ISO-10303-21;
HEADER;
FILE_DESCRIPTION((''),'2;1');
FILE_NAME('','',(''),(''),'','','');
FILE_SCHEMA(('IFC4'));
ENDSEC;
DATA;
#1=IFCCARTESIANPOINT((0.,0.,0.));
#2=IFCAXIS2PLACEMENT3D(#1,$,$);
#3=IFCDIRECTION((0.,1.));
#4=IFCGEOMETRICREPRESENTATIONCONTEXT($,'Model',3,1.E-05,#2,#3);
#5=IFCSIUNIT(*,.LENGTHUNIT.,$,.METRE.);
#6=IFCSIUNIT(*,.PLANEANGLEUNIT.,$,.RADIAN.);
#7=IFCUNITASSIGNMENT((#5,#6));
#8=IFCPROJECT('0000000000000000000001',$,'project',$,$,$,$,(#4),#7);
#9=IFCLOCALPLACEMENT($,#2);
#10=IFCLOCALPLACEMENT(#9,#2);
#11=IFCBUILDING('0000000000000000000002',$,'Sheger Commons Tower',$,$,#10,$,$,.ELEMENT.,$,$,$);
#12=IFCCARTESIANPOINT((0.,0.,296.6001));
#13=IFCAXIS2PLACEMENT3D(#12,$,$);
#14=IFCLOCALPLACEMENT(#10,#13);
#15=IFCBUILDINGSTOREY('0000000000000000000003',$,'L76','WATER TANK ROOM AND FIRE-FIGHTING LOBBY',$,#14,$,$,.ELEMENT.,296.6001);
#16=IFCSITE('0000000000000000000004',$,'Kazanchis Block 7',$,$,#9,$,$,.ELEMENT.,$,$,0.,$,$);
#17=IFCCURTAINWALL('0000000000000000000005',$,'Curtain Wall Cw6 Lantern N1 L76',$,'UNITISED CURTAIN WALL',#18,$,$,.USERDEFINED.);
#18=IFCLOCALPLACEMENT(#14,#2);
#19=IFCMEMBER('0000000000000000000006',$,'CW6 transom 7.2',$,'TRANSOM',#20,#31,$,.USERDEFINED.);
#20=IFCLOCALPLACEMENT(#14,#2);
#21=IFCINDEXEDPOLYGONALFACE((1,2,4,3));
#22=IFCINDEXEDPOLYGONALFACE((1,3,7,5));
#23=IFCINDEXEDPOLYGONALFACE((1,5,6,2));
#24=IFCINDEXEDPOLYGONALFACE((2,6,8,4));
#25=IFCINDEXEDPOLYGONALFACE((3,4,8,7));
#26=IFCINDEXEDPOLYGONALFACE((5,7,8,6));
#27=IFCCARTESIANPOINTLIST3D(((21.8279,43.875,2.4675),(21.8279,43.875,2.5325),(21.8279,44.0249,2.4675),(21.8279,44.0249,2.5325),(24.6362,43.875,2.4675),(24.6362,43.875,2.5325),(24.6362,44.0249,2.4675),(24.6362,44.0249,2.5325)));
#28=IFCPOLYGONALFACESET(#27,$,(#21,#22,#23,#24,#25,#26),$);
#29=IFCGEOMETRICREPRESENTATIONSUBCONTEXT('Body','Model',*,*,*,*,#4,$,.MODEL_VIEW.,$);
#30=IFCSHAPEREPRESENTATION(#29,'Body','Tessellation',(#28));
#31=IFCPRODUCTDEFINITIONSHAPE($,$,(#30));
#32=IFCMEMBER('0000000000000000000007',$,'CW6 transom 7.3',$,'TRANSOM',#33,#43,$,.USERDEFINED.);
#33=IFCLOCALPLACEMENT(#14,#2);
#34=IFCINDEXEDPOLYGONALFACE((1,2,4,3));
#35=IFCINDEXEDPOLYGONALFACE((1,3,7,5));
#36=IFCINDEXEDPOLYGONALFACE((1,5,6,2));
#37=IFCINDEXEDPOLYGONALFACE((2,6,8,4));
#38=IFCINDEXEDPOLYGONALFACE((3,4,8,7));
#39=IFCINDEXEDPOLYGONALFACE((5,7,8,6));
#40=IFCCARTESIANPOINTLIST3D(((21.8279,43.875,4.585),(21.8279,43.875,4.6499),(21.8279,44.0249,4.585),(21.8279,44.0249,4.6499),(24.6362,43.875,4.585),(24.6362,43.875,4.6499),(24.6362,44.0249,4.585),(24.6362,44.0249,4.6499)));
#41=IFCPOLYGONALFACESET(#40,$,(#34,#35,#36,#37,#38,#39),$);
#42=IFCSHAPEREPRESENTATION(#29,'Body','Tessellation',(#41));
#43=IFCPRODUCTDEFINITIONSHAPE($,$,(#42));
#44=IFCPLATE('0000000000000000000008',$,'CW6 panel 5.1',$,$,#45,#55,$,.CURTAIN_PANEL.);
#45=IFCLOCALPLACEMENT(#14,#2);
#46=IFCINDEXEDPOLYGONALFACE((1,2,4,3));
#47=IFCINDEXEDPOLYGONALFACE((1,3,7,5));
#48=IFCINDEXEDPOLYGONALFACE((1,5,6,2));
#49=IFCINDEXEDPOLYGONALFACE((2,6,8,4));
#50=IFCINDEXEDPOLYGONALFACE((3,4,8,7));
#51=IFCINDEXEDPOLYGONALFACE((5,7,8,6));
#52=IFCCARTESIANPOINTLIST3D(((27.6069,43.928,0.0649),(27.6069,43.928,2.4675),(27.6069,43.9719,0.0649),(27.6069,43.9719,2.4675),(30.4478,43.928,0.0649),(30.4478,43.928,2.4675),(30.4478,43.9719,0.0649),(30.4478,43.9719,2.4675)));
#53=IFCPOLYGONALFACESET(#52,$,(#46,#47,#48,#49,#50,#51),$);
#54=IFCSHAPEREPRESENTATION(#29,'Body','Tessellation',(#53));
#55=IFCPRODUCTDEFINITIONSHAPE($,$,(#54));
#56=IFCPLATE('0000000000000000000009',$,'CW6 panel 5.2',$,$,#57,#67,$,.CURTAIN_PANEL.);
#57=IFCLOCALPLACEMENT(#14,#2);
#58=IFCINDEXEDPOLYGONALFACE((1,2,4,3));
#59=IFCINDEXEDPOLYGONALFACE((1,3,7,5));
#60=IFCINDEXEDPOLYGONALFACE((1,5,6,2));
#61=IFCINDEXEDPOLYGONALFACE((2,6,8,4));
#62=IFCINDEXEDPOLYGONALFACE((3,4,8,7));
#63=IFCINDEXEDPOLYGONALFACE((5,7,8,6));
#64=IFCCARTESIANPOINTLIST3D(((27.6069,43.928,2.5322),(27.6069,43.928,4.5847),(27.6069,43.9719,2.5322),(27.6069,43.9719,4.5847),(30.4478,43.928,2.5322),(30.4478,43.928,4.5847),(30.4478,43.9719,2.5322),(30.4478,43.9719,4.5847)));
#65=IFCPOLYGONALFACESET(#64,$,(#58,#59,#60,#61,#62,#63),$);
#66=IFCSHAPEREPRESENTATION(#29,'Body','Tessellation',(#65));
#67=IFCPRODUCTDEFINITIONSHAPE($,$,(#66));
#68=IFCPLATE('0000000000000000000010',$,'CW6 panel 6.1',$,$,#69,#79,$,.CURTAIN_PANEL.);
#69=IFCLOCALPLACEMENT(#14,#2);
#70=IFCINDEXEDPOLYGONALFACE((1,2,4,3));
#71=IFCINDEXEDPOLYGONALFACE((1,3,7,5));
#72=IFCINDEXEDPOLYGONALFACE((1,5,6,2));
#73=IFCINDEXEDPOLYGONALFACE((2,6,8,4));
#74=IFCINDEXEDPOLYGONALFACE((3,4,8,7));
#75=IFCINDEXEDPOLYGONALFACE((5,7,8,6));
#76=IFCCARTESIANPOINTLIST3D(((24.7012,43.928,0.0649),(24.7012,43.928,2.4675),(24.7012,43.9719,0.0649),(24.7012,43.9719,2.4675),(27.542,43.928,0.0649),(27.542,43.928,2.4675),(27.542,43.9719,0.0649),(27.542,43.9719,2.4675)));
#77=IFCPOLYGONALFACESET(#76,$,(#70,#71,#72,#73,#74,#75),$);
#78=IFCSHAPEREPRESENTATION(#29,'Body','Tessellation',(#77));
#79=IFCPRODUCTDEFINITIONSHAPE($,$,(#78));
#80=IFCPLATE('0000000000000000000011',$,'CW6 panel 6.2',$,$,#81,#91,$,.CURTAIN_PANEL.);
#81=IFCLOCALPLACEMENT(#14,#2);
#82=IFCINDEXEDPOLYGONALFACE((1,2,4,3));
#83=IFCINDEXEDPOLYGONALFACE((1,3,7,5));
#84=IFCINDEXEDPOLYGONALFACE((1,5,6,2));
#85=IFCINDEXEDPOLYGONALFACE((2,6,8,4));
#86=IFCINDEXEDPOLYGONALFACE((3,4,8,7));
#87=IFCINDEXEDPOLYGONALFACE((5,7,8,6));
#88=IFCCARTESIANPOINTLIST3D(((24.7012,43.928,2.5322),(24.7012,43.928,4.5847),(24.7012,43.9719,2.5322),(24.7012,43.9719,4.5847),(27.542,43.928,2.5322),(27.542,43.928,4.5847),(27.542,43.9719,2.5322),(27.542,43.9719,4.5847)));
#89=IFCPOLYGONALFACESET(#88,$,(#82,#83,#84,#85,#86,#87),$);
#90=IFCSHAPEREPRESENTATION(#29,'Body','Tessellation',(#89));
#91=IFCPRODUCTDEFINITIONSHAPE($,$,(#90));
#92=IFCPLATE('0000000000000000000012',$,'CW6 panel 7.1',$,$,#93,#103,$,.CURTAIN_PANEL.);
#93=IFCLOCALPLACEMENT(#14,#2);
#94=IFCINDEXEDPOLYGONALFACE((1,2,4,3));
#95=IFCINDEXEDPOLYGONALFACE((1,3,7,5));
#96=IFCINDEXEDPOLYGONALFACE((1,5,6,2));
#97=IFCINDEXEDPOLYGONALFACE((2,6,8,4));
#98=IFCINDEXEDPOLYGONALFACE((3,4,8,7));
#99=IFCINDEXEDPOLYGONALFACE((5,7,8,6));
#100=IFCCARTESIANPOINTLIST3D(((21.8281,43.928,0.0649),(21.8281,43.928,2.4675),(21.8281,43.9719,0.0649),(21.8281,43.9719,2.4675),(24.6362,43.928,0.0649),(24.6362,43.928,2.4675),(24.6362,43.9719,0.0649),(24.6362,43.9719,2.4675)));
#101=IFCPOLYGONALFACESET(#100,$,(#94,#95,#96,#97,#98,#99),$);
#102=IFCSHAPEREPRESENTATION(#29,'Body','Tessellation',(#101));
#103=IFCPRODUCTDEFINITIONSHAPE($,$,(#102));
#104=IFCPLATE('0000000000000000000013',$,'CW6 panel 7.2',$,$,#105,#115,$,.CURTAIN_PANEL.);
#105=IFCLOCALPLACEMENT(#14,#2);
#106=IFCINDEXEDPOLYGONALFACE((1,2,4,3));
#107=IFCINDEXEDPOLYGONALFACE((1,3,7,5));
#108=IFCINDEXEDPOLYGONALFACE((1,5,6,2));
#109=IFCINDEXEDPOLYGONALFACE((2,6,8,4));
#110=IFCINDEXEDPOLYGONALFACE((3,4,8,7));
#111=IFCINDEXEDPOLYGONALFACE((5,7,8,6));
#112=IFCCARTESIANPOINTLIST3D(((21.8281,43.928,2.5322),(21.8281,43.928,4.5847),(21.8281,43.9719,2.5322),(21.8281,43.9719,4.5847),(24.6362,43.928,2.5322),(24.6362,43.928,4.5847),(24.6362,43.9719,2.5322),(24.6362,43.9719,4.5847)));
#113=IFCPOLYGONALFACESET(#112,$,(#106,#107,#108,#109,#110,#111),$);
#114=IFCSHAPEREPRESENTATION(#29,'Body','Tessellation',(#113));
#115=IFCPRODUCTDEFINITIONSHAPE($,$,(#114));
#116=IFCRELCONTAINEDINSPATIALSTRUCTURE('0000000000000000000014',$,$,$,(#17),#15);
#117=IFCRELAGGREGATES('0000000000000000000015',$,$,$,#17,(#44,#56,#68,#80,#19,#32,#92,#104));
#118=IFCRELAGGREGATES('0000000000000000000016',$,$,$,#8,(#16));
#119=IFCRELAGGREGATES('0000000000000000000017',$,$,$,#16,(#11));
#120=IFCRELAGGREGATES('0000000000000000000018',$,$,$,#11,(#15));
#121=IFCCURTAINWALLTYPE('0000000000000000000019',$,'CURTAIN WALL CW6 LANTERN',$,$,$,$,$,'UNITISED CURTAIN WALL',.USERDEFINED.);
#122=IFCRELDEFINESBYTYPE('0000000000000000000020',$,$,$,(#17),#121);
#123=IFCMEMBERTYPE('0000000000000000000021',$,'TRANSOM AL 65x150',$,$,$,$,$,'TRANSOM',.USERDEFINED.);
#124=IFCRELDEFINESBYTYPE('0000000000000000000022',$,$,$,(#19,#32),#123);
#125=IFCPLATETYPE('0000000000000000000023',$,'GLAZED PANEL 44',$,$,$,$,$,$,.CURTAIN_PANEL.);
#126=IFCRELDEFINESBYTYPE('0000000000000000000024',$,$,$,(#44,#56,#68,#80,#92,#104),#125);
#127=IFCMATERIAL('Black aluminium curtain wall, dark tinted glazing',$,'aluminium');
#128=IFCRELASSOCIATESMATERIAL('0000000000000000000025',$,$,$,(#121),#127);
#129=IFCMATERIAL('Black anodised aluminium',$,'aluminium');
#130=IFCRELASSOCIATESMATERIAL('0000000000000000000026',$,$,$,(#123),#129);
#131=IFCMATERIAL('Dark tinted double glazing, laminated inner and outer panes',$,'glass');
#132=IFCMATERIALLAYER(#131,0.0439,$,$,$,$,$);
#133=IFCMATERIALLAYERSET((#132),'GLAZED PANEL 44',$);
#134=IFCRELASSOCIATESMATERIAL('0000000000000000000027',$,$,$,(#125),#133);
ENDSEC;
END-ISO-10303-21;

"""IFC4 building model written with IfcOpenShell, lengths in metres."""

from ifc_helpers import new_model, si_unit, direction, frame, origin, origin_2d, place, context, subcontext, project, spatial, rectangle, extrude, material, layer, layer_set, material_profile, profile_set, type_object, element, aggregate, save


model = new_model("IFC4")

# Units and contexts
model_context = context("Model", 3, precision=1e-05, world=origin(), true_north=direction((0.0, 1.0)))
body_context = subcontext(model_context, "Body", "Model", "MODEL_VIEW")
ifc_project = project(units=[si_unit("LENGTHUNIT", "METRE"), si_unit("PLANEANGLEUNIT", "RADIAN")], contexts=[model_context])

# Site, building, storey
site_placement = place(None, origin())
site = spatial("IfcSite", under=ifc_project, at=site_placement, Name="Kazanchis Block 7", CompositionType="ELEMENT", RefElevation=0.0)
building_placement = place(site_placement, origin())
building = spatial("IfcBuilding", under=site, at=building_placement, Name="Sheger Commons Tower", CompositionType="ELEMENT")
storey_placement = place(building_placement, frame((0.0, 0.0, 296.6001)))
storey = spatial("IfcBuildingStorey", under=building, at=storey_placement, Name="L76", Description="WATER TANK ROOM AND FIRE-FIGHTING LOBBY", CompositionType="ELEMENT", Elevation=296.6001)

# Curtain wall
ifc_material_1 = material(Name="Black aluminium curtain wall, dark tinted glazing", Category="aluminium")
curtain_wall_type = type_object("IfcCurtainWallType", Name="CURTAIN WALL CW6 LANTERN", ElementType="UNITISED CURTAIN WALL", PredefinedType="USERDEFINED", material=ifc_material_1)
curtain_wall_placement = place(storey_placement, origin())
curtain_wall = element("IfcCurtainWall", 1, at=curtain_wall_placement, inside=storey, type_object=curtain_wall_type, Name="Curtain Wall Cw6 Lantern N1 L76", ObjectType="UNITISED CURTAIN WALL", PredefinedType="USERDEFINED")

# Members
ifc_material_2 = material(Name="Black anodised aluminium", Category="aluminium")
ifc_material_profile_1 = material_profile(ifc_material_2, rectangle(XDim=0.1499, YDim=0.0649, at=origin_2d()), Name="AL 65x150")
ifc_profile_set_1 = profile_set([ifc_material_profile_1], Name="Black anodised aluminium")
member_type_1 = type_object("IfcMemberType", Name="TRANSOM AL 65x150", ElementType="TRANSOM", PredefinedType="USERDEFINED", material=ifc_profile_set_1)
member_1_placement = place(storey_placement, frame((24.6362, 43.95, 2.5), z_axis=(-1.0, 0.0, 0.0), x_axis=(0.0, -1.0, 0.0)))
member_1 = element("IfcMember", 2, at=member_1_placement, type_object=member_type_1, Name="CW6 transom 7.2", ObjectType="TRANSOM", PredefinedType="USERDEFINED", context=body_context, shape_type="SweptSolid", body=[
    extrude(rectangle(XDim=0.1499, YDim=0.0649, at=origin_2d()), origin(), (0.0, 0.0, 1.0), 2.8083),
])
member_2_placement = place(storey_placement, frame((24.6362, 43.95, 4.6174), z_axis=(-1.0, 0.0, 0.0), x_axis=(0.0, -1.0, 0.0)))
member_2 = element("IfcMember", 3, at=member_2_placement, type_object=member_type_1, Name="CW6 transom 7.3", ObjectType="TRANSOM", PredefinedType="USERDEFINED", context=body_context, shape_type="SweptSolid", body=[
    extrude(rectangle(XDim=0.1499, YDim=0.0649, at=origin_2d()), origin(), (0.0, 0.0, 1.0), 2.8083),
])

# Plates
ifc_material_3 = material(Name="Dark tinted double glazing, laminated inner and outer panes", Category="glass")
ifc_layer = layer(ifc_material_3, 0.0439)
ifc_layer_set = layer_set([ifc_layer], Name="GLAZED PANEL 44")
plate_type = type_object("IfcPlateType", Name="GLAZED PANEL 44", PredefinedType="CURTAIN_PANEL", material=ifc_layer_set)
plate_1_placement = place(storey_placement, frame((29.0273, 43.95, 0.0649), z_axis=(0.0, 0.0, 1.0), x_axis=(-1.0, 0.0, 0.0)))
plate_1 = element("IfcPlate", 4, at=plate_1_placement, type_object=plate_type, Name="CW6 panel 5.1", PredefinedType="CURTAIN_PANEL", context=body_context, shape_type="SweptSolid", body=[
    extrude(rectangle(XDim=2.8408, YDim=0.0439, at=origin_2d()), origin(), (0.0, 0.0, 1.0), 2.4026),
])
plate_2_placement = place(storey_placement, frame((29.0273, 43.95, 2.5322), z_axis=(0.0, 0.0, 1.0), x_axis=(-1.0, 0.0, 0.0)))
plate_2 = element("IfcPlate", 5, at=plate_2_placement, type_object=plate_type, Name="CW6 panel 5.2", PredefinedType="CURTAIN_PANEL", context=body_context, shape_type="SweptSolid", body=[
    extrude(rectangle(XDim=2.8408, YDim=0.0439, at=origin_2d()), origin(), (0.0, 0.0, 1.0), 2.0525),
])
plate_3_placement = place(storey_placement, frame((26.1216, 43.95, 0.0649), z_axis=(0.0, 0.0, 1.0), x_axis=(-1.0, 0.0, 0.0)))
plate_3 = element("IfcPlate", 6, at=plate_3_placement, type_object=plate_type, Name="CW6 panel 6.1", PredefinedType="CURTAIN_PANEL", context=body_context, shape_type="SweptSolid", body=[
    extrude(rectangle(XDim=2.8408, YDim=0.0439, at=origin_2d()), origin(), (0.0, 0.0, 1.0), 2.4026),
])
plate_4_placement = place(storey_placement, frame((26.1216, 43.95, 2.5322), z_axis=(0.0, 0.0, 1.0), x_axis=(-1.0, 0.0, 0.0)))
plate_4 = element("IfcPlate", 7, at=plate_4_placement, type_object=plate_type, Name="CW6 panel 6.2", PredefinedType="CURTAIN_PANEL", context=body_context, shape_type="SweptSolid", body=[
    extrude(rectangle(XDim=2.8408, YDim=0.0439, at=origin_2d()), origin(), (0.0, 0.0, 1.0), 2.0525),
])
plate_5_placement = place(storey_placement, frame((23.2322, 43.95, 0.0649), z_axis=(0.0, 0.0, 1.0), x_axis=(-1.0, 0.0, 0.0)))
plate_5 = element("IfcPlate", 8, at=plate_5_placement, type_object=plate_type, Name="CW6 panel 7.1", PredefinedType="CURTAIN_PANEL", context=body_context, shape_type="SweptSolid", body=[
    extrude(rectangle(XDim=2.8081, YDim=0.0439, at=origin_2d()), origin(), (0.0, 0.0, 1.0), 2.4026),
])
plate_6_placement = place(storey_placement, frame((23.2322, 43.95, 2.5322), z_axis=(0.0, 0.0, 1.0), x_axis=(-1.0, 0.0, 0.0)))
plate_6 = element("IfcPlate", 9, at=plate_6_placement, type_object=plate_type, Name="CW6 panel 7.2", PredefinedType="CURTAIN_PANEL", context=body_context, shape_type="SweptSolid", body=[
    extrude(rectangle(XDim=2.8081, YDim=0.0439, at=origin_2d()), origin(), (0.0, 0.0, 1.0), 2.0525),
])
aggregate(curtain_wall, [plate_1, plate_2, plate_3, plate_4, member_1, member_2, plate_5, plate_6])

save(model, "model.ifc")
